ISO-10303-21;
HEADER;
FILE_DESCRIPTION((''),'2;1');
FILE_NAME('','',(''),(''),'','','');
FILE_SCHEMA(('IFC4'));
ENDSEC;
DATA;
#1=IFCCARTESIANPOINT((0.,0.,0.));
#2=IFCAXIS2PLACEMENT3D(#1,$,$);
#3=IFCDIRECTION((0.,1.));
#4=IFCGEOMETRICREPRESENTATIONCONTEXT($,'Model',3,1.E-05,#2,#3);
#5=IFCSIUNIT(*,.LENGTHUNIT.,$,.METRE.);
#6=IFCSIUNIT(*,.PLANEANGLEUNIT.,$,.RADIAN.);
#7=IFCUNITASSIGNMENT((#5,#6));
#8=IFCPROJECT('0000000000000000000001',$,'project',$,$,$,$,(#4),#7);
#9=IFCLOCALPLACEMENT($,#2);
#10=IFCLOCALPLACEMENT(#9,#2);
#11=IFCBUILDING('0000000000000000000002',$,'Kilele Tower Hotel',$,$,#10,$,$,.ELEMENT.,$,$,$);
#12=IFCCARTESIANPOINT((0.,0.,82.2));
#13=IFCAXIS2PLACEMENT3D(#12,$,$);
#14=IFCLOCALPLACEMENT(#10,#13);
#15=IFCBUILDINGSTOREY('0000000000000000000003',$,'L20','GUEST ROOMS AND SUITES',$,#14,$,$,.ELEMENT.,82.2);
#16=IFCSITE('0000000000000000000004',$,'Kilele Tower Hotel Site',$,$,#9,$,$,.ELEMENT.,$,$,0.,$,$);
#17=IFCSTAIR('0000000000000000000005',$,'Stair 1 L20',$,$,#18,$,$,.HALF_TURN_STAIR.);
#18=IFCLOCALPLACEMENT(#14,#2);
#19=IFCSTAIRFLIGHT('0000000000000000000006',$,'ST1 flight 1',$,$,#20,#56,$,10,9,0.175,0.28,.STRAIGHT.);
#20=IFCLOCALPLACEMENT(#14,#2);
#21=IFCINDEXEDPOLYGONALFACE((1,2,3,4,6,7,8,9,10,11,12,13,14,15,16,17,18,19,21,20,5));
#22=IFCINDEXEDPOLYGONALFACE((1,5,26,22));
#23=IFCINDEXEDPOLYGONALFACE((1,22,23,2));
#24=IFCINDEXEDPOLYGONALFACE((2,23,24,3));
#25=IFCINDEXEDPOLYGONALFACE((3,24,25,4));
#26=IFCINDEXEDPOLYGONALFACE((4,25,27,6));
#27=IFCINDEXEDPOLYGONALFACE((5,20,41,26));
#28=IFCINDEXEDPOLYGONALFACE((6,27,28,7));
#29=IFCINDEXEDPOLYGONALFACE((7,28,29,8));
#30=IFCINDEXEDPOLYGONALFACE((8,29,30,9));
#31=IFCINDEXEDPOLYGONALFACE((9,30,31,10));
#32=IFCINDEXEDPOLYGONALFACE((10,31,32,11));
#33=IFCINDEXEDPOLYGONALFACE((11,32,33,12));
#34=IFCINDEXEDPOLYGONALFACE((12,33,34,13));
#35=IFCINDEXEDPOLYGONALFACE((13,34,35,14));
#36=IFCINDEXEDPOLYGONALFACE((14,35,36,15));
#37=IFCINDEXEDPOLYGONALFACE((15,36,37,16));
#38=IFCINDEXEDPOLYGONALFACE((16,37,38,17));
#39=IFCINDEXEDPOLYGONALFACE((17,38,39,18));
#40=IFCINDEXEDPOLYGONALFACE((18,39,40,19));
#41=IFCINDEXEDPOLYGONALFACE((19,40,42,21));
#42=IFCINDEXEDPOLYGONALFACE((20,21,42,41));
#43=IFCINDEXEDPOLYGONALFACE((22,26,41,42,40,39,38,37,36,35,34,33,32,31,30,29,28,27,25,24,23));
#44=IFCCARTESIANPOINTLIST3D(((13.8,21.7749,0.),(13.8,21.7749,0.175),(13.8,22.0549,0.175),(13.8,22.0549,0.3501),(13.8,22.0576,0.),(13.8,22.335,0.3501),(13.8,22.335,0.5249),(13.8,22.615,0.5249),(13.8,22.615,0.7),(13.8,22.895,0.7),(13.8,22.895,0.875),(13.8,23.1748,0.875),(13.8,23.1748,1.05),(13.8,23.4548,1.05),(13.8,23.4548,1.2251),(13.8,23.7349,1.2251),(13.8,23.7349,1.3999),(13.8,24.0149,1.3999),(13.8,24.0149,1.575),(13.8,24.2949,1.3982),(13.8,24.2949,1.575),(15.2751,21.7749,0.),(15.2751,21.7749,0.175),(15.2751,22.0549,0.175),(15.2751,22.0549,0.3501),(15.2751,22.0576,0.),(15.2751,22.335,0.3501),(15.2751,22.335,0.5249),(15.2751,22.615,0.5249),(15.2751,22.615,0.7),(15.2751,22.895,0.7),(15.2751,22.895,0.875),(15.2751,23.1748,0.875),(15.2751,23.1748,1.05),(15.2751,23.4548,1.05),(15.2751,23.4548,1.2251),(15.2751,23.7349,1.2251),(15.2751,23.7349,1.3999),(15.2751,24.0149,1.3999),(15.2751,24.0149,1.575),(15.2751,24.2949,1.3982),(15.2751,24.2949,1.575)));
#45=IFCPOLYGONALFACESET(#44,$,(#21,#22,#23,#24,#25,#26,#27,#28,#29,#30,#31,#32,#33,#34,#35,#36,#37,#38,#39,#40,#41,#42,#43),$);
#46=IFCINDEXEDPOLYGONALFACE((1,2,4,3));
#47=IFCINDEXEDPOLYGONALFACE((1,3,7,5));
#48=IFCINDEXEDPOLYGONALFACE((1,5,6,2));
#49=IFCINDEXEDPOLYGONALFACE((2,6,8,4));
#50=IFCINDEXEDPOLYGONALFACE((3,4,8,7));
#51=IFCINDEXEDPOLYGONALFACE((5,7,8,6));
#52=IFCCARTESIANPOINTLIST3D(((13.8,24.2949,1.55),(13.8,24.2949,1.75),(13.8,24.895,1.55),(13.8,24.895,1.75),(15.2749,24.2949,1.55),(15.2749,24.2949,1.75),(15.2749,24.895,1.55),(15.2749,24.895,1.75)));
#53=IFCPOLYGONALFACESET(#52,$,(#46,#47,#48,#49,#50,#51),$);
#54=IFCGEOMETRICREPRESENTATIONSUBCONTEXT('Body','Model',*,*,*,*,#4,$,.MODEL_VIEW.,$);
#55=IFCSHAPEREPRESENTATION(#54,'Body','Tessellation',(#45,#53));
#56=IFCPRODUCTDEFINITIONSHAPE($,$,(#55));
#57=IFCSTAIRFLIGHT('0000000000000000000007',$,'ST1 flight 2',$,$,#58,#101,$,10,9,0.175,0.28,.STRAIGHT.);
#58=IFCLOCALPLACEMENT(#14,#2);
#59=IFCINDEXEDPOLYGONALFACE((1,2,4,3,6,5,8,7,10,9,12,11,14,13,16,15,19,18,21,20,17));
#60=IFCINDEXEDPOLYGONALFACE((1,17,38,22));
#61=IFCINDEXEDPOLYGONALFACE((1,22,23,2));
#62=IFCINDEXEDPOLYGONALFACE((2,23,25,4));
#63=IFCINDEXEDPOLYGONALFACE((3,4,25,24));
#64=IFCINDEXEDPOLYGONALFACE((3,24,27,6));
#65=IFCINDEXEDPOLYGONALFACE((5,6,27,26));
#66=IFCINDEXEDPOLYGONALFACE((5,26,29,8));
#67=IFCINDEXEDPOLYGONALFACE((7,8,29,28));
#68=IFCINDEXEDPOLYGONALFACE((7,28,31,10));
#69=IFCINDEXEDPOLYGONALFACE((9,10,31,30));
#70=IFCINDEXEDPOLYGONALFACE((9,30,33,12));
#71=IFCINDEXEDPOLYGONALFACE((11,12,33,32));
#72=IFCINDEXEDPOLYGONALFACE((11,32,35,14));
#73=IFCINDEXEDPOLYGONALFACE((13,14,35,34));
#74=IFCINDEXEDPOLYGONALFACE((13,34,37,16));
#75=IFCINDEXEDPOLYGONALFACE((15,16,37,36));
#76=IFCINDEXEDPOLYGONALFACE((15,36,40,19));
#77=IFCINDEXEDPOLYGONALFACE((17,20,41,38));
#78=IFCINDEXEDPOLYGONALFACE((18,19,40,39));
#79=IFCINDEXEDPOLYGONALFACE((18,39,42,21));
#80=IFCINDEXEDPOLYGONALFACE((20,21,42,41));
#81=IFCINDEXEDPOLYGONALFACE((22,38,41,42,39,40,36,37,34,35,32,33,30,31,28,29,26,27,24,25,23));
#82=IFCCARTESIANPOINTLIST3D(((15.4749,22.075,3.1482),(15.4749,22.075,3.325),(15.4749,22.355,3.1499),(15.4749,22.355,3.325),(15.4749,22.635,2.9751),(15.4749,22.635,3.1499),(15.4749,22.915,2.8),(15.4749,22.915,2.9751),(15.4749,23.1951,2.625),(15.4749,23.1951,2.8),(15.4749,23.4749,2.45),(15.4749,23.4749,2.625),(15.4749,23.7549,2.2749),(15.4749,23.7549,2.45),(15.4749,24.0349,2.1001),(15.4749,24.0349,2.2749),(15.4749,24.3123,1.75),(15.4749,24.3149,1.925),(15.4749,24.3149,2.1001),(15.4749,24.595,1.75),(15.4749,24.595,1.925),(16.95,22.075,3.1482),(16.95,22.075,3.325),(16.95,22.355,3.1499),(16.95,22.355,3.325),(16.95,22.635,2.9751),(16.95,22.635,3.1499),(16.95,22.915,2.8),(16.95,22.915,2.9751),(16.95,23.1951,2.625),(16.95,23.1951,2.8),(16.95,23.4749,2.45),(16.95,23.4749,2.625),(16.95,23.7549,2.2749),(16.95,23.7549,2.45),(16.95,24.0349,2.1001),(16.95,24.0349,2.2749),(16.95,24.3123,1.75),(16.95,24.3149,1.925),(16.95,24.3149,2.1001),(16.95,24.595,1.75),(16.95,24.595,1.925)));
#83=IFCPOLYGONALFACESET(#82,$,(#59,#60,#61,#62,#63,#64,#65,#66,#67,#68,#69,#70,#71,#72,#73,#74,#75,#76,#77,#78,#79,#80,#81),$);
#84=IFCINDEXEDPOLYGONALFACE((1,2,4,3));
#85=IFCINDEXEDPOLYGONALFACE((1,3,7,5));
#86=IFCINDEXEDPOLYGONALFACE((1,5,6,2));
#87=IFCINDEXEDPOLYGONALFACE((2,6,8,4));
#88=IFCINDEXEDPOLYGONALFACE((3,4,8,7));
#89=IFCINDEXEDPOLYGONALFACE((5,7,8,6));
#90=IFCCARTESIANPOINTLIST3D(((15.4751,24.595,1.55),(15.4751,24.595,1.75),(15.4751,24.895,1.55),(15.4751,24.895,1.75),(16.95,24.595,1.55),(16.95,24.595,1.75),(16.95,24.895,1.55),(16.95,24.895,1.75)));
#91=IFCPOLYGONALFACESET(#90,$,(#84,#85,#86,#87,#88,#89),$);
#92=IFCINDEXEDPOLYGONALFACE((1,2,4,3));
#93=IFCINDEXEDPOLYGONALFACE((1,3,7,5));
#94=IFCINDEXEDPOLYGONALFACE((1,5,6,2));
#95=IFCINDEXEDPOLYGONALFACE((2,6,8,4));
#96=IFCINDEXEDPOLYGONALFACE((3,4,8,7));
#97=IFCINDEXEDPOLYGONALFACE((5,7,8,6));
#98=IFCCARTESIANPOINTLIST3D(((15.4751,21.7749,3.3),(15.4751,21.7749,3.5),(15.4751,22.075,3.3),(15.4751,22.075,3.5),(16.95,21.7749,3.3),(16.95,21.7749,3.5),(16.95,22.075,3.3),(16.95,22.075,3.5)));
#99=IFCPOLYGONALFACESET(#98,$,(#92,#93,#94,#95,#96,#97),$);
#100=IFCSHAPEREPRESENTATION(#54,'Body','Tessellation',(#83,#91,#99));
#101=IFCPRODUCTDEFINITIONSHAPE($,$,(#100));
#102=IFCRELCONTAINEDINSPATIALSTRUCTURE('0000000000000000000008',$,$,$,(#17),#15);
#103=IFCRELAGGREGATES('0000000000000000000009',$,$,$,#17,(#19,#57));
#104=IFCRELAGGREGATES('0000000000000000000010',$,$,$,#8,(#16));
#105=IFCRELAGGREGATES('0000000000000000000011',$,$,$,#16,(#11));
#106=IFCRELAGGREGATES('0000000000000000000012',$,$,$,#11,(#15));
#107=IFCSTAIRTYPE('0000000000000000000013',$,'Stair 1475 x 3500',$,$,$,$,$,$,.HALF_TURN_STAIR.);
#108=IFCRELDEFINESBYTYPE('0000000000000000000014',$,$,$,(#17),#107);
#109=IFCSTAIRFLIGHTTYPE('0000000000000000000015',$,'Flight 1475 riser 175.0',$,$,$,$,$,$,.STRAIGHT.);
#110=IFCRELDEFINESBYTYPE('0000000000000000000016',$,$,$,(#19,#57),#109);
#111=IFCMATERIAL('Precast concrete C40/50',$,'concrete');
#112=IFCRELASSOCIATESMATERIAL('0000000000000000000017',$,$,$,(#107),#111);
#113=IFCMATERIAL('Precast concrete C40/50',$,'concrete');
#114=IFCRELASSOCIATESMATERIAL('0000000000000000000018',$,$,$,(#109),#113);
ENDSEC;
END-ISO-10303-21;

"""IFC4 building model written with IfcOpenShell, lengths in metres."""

from ifc_helpers import new_model, si_unit, direction, frame, origin, place, context, subcontext, project, spatial, polyline, outline, extrude, material, type_object, element, aggregate, save


model = new_model("IFC4")

# Units and contexts
model_context = context("Model", 3, precision=1e-05, world=origin(), true_north=direction((0.0, 1.0)))
body_context = subcontext(model_context, "Body", "Model", "MODEL_VIEW")
ifc_project = project(units=[si_unit("LENGTHUNIT", "METRE"), si_unit("PLANEANGLEUNIT", "RADIAN")], contexts=[model_context])

# Site, building, storey
site_placement = place(None, origin())
site = spatial("IfcSite", under=ifc_project, at=site_placement, Name="Kilele Tower Hotel Site", CompositionType="ELEMENT", RefElevation=0.0)
building_placement = place(site_placement, origin())
building = spatial("IfcBuilding", under=site, at=building_placement, Name="Kilele Tower Hotel", CompositionType="ELEMENT")
storey_placement = place(building_placement, frame((0.0, 0.0, 82.2)))
storey = spatial("IfcBuildingStorey", under=building, at=storey_placement, Name="L20", Description="GUEST ROOMS AND SUITES", CompositionType="ELEMENT", Elevation=82.2)

# Stair, stair flights
ifc_material_1 = material(Name="Precast concrete C40/50", Category="concrete")
stair_type = type_object("IfcStairType", Name="Stair 1475 x 3500", PredefinedType="HALF_TURN_STAIR", material=ifc_material_1)
stair_placement = place(storey_placement, origin())
stair = element("IfcStair", 1, at=stair_placement, inside=storey, type_object=stair_type, Name="Stair 1 L20", PredefinedType="HALF_TURN_STAIR")
ifc_material_2 = material(Name="Precast concrete C40/50", Category="concrete")
stair_flight_type = type_object("IfcStairFlightType", Name="Flight 1475 riser 175.0", PredefinedType="STRAIGHT", material=ifc_material_2)
stair_flight_1_placement = place(storey_placement, frame((14.5376, 21.7749, 0.0), z_axis=(0.0, 0.0, 1.0), x_axis=(0.0, 1.0, 0.0)))
stair_flight_1 = element("IfcStairFlight", 2, at=stair_flight_1_placement, type_object=stair_flight_type, Name="ST1 flight 1", NumberOfRisers=10, NumberOfTreads=9, PredefinedType="STRAIGHT", RiserHeight=0.175, TreadLength=0.28, context=body_context, shape_type="SweptSolid", body=[
    extrude(outline(polyline([(0.0, 0.0), (0.0, 0.175), (0.28, 0.175), (0.28, 0.3501), (0.5601, 0.3501), (0.5601, 0.5249), (0.8401, 0.5249), (0.8401, 0.7), (1.1201, 0.7), (1.1201, 0.875), (1.3999, 0.875), (1.3999, 1.05), (1.6799, 1.05), (1.6799, 1.2251), (1.96, 1.2251), (1.96, 1.3999), (2.24, 1.3999), (2.24, 1.575), (2.52, 1.575), (2.52, 1.75), (2.52, 1.3982), (0.2827, 0.0), (0.0, 0.0)])), frame((0.0, 0.7375, 0.0), z_axis=(0.0, -1.0, 0.0), x_axis=(1.0, 0.0, 0.0)), (0.0, 0.0, 1.0), 1.4751),
    extrude(outline(polyline([(2.52, 0.7375), (2.52, -0.7373), (3.1201, -0.7373), (3.1201, 0.7375), (2.52, 0.7375)])), frame((0.0, 0.0, 1.55)), (0.0, 0.0, 1.0), 0.2),
])
stair_flight_2_placement = place(storey_placement, frame((16.2124, 24.595, 1.75), z_axis=(0.0, 0.0, 1.0), x_axis=(0.0, -1.0, 0.0)))
stair_flight_2 = element("IfcStairFlight", 3, at=stair_flight_2_placement, type_object=stair_flight_type, Name="ST1 flight 2", NumberOfRisers=10, NumberOfTreads=9, PredefinedType="STRAIGHT", RiserHeight=0.175, TreadLength=0.28, context=body_context, shape_type="SweptSolid", body=[
    extrude(outline(polyline([(0.0, 0.0), (0.0, 0.175), (0.28, 0.175), (0.28, 0.3501), (0.5601, 0.3501), (0.5601, 0.5249), (0.8401, 0.5249), (0.8401, 0.7), (1.1201, 0.7), (1.1201, 0.875), (1.3999, 0.875), (1.3999, 1.05), (1.6799, 1.05), (1.6799, 1.2251), (1.96, 1.2251), (1.96, 1.3999), (2.24, 1.3999), (2.24, 1.575), (2.52, 1.575), (2.52, 1.75), (2.52, 1.3982), (0.2827, 0.0), (0.0, 0.0)])), frame((0.0, 0.7375, 0.0), z_axis=(0.0, -1.0, 0.0), x_axis=(1.0, 0.0, 0.0)), (0.0, 0.0, 1.0), 1.4751),
    extrude(outline(polyline([(0.0, -0.7373), (0.0, 0.7375), (-0.3, 0.7375), (-0.3, -0.7373), (0.0, -0.7373)])), frame((0.0, 0.0, -0.2)), (0.0, 0.0, 1.0), 0.2),
    extrude(outline(polyline([(2.8201, -0.7373), (2.8201, 0.7375), (2.52, 0.7375), (2.52, -0.7373), (2.8201, -0.7373)])), frame((0.0, 0.0, 1.55)), (0.0, 0.0, 1.0), 0.2),
])
aggregate(stair, [stair_flight_1, stair_flight_2])

save(model, "model.ifc")
